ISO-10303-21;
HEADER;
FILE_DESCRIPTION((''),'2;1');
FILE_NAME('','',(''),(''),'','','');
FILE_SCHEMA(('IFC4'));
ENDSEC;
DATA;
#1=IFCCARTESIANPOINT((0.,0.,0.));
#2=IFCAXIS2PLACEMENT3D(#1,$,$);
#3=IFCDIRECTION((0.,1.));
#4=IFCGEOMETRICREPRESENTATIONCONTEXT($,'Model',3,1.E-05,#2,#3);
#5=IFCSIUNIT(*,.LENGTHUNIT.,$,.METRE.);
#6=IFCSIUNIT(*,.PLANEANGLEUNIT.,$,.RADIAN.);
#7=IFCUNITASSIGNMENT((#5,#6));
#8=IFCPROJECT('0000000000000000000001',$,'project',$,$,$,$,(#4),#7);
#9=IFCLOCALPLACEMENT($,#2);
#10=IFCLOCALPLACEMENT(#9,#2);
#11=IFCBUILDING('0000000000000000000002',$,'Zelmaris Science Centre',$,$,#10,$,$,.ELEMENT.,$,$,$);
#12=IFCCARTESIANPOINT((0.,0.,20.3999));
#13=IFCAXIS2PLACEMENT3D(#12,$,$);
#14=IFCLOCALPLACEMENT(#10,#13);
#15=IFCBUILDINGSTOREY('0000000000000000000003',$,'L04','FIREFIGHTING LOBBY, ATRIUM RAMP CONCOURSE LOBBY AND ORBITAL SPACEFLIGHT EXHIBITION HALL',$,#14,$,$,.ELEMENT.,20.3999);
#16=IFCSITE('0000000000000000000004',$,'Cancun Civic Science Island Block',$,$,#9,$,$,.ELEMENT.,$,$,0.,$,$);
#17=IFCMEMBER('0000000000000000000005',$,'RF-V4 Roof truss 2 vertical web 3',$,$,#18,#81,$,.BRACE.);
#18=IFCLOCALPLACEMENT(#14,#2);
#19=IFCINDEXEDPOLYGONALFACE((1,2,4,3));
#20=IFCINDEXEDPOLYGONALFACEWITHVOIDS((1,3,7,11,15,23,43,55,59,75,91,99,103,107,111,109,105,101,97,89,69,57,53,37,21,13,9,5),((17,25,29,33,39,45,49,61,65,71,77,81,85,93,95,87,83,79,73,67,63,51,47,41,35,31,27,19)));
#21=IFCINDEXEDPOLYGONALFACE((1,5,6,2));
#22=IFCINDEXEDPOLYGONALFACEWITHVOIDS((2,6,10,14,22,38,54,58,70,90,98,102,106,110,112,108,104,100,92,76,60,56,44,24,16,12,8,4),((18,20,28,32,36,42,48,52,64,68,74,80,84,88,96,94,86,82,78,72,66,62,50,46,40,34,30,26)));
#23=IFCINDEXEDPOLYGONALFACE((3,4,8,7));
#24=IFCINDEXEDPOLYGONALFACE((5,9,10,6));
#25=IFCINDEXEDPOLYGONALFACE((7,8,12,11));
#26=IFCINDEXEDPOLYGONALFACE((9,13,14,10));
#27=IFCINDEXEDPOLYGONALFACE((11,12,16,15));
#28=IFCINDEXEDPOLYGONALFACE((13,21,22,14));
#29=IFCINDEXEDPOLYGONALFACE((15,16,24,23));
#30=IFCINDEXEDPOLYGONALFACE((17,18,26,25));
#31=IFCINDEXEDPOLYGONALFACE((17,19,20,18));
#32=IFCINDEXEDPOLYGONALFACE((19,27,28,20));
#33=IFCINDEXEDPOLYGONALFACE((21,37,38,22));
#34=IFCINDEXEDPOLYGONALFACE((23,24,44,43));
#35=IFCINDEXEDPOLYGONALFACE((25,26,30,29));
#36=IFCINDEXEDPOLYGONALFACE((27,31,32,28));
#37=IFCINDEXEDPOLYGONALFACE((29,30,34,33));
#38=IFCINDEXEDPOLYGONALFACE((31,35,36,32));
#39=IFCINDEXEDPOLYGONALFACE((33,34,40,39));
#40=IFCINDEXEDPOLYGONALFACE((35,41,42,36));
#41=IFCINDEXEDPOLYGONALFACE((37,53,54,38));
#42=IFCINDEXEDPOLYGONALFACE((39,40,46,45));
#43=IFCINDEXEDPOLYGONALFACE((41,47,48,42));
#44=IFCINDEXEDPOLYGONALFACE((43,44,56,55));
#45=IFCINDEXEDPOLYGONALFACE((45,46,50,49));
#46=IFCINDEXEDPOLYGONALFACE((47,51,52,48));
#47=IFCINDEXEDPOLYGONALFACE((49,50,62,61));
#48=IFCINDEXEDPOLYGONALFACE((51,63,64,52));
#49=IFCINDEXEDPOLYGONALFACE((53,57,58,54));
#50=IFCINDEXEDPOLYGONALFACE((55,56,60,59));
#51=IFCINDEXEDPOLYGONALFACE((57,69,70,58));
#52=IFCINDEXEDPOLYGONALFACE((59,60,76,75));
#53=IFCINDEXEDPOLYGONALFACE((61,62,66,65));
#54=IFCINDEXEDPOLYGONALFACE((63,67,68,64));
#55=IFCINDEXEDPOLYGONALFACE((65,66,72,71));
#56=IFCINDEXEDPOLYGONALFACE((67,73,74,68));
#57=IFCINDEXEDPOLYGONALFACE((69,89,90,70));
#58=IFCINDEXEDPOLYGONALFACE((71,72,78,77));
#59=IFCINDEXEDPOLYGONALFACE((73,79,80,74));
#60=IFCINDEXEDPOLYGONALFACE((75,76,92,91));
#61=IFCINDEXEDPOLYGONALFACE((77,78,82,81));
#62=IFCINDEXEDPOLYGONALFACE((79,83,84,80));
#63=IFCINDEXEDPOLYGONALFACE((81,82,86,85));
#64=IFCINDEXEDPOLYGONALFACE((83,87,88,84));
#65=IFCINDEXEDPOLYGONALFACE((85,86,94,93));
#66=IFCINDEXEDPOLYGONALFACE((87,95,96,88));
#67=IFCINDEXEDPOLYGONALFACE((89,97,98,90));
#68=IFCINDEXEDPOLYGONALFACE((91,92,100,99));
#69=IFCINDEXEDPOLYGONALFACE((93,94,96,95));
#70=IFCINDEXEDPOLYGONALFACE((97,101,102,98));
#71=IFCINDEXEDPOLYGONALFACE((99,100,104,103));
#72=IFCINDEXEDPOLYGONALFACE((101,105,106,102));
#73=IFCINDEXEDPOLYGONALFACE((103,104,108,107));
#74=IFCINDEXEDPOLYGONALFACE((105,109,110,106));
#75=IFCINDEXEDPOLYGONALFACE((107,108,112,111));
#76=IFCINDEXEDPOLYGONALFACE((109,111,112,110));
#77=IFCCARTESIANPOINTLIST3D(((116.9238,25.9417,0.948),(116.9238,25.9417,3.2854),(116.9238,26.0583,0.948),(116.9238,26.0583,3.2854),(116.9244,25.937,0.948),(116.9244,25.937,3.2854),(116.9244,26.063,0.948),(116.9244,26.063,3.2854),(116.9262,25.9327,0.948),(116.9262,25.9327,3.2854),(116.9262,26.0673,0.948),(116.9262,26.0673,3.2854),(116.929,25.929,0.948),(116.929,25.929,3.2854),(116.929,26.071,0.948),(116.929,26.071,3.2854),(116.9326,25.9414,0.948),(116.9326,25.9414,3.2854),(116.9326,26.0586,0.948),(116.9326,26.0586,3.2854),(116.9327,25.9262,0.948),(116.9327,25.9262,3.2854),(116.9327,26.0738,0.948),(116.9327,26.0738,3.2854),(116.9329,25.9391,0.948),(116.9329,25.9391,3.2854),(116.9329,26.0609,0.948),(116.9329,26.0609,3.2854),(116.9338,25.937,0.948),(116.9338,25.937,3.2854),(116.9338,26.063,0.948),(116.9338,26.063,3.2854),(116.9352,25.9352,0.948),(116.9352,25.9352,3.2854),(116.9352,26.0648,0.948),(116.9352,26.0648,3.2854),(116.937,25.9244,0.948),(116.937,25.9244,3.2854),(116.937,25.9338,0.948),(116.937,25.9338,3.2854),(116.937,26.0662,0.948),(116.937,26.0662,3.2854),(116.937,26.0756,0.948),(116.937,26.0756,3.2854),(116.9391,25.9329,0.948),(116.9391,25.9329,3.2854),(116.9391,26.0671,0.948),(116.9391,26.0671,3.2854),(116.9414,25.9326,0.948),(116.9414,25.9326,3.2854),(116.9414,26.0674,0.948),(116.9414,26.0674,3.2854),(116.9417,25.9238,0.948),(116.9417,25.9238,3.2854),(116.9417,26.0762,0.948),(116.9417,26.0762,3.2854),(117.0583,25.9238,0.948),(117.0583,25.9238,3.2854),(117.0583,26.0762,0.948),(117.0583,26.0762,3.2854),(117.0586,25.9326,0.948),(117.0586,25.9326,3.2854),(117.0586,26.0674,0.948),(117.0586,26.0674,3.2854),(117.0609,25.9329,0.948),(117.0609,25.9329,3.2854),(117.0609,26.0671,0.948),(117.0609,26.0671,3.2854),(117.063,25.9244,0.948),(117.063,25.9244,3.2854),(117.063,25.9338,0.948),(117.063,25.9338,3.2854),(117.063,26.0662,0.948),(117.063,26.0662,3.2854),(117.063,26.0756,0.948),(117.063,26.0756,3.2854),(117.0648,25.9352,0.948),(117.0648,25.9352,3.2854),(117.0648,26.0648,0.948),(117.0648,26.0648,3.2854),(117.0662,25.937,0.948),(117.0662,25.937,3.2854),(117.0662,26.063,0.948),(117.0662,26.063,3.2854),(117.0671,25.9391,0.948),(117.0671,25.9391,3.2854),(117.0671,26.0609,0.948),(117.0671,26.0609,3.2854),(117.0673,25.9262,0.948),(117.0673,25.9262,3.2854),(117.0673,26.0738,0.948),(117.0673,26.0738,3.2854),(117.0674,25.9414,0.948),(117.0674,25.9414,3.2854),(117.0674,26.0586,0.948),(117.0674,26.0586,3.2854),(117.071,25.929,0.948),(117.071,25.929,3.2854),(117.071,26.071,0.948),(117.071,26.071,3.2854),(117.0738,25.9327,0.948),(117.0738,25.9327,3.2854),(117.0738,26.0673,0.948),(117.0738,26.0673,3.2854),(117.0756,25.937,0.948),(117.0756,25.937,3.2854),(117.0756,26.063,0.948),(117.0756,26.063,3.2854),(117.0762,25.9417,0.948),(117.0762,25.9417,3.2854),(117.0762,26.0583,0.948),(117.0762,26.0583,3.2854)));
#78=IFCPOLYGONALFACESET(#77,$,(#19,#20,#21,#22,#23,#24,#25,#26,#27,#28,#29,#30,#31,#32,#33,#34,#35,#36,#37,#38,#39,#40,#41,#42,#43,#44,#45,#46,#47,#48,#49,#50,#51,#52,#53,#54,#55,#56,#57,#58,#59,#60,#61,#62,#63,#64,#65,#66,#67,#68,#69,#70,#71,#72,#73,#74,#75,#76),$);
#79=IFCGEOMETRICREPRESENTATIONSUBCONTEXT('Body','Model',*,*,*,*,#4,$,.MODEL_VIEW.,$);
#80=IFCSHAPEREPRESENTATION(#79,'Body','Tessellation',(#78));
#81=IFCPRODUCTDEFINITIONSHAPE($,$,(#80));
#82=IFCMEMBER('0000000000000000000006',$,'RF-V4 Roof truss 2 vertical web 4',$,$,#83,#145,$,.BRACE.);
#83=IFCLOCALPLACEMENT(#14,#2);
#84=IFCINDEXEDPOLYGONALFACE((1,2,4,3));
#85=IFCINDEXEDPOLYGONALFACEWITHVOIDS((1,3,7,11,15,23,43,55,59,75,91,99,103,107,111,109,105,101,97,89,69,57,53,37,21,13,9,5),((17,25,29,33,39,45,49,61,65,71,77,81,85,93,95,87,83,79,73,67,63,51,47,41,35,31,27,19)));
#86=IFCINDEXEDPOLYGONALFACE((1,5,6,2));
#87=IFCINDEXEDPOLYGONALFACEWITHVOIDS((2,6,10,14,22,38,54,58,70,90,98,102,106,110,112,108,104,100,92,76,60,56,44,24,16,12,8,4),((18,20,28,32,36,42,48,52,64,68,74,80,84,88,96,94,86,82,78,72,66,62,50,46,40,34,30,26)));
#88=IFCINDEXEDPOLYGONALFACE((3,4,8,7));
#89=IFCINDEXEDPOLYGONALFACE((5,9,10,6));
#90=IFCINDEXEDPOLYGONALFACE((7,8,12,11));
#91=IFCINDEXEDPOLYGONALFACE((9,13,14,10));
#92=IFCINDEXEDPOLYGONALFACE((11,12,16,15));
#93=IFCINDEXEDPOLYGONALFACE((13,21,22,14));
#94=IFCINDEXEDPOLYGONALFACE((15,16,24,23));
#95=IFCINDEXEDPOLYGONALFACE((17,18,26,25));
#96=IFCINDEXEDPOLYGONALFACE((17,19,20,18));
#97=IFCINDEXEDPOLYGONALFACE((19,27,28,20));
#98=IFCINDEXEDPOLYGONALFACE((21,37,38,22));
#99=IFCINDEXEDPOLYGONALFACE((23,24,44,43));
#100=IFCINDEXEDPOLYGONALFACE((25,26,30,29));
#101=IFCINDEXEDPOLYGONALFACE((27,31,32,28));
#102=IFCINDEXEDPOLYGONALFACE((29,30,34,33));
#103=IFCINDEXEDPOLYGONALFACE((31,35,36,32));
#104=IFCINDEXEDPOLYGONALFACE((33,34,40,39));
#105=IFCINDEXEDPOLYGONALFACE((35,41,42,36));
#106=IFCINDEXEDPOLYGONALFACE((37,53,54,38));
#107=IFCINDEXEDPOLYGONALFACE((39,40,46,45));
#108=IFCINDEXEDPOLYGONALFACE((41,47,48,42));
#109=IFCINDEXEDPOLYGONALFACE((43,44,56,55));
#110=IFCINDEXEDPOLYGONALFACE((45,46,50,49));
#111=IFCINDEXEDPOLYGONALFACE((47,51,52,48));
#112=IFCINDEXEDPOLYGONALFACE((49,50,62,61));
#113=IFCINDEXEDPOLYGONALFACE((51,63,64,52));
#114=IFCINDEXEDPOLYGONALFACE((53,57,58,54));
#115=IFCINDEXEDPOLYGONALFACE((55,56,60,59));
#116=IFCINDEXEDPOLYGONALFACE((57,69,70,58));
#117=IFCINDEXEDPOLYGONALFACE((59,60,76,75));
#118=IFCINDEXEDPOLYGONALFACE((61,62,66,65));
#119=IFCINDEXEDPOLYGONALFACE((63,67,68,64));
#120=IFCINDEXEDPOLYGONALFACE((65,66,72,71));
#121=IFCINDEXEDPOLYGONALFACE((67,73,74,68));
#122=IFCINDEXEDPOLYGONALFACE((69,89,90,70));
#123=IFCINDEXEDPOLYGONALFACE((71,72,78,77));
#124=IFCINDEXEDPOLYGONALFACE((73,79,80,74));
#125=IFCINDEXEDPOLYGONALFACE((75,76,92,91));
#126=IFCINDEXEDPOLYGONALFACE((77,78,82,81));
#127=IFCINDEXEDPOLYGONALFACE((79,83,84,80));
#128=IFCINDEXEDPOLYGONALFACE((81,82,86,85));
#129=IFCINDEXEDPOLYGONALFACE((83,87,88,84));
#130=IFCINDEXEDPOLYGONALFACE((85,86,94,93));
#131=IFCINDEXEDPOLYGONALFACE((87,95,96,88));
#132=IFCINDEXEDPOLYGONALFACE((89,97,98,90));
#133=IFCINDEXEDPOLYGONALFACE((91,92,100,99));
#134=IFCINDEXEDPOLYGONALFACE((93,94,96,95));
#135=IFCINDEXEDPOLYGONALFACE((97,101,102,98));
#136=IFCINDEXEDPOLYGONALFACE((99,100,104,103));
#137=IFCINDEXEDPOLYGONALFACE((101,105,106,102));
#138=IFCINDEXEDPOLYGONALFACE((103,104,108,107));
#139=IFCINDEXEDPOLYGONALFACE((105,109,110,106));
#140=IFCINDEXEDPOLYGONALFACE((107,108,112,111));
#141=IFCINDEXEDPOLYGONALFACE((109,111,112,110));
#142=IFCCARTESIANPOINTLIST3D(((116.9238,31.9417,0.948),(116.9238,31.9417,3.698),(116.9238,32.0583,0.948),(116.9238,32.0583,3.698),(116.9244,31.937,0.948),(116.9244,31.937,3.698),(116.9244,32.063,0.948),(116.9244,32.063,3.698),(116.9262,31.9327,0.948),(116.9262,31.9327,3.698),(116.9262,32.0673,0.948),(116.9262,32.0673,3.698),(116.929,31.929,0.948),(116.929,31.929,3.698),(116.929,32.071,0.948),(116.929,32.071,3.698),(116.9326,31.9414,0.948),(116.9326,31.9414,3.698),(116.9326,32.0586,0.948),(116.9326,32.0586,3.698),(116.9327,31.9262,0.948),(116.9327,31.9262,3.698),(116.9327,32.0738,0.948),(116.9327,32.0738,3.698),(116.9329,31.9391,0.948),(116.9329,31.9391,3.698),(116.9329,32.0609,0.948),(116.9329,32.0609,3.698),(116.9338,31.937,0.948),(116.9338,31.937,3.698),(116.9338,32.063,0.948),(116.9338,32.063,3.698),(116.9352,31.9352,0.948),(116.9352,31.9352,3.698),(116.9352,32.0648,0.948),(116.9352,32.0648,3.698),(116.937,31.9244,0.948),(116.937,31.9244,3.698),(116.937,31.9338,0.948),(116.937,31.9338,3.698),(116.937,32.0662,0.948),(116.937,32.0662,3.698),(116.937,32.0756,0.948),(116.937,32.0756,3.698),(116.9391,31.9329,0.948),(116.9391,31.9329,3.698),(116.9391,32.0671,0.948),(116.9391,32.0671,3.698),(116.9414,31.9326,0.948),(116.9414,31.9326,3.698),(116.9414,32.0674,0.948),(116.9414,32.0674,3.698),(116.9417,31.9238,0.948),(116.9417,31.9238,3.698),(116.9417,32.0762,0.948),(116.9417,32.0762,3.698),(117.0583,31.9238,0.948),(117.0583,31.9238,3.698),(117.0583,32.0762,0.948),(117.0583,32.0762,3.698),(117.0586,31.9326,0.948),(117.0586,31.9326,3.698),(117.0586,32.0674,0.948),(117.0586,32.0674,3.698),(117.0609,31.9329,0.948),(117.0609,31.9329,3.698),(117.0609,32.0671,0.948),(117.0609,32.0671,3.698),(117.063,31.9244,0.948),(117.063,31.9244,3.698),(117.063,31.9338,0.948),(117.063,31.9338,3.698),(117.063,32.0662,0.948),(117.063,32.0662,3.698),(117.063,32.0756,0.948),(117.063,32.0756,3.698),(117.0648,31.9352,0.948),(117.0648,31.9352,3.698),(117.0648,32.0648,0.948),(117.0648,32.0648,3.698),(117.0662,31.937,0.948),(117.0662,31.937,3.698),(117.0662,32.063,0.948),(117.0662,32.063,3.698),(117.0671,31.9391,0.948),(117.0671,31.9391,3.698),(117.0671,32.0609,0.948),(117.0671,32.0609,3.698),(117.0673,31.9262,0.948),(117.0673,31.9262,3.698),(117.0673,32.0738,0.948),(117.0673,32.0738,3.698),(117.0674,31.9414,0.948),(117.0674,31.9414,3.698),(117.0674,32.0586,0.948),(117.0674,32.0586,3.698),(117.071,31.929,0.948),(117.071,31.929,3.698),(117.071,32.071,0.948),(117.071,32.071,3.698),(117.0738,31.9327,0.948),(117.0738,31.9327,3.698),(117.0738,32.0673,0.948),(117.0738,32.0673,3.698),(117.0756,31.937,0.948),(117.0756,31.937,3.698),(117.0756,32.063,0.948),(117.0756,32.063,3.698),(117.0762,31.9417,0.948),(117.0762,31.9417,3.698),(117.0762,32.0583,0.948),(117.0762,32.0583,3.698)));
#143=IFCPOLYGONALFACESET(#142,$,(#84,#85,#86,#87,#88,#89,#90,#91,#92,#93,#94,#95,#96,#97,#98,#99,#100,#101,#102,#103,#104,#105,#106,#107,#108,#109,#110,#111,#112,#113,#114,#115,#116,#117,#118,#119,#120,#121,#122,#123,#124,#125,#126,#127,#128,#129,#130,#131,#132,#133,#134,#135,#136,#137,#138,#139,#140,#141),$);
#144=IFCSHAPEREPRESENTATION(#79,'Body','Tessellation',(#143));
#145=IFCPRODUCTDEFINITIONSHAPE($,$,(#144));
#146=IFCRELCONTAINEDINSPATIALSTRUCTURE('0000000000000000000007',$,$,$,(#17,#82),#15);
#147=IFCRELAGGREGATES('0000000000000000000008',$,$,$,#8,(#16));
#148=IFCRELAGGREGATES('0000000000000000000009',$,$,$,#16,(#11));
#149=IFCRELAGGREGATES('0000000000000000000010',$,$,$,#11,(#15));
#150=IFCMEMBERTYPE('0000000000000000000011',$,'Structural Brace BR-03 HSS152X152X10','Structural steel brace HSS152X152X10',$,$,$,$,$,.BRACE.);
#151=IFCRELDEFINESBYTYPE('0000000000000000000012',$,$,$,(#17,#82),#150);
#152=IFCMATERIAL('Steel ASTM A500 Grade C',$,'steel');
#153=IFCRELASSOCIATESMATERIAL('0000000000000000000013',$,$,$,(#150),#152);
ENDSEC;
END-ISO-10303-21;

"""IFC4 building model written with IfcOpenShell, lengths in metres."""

from ifc_helpers import new_model, si_unit, direction, frame, origin, origin_2d, place, context, subcontext, project, spatial, hollow_rectangle, extrude, material, material_profile, profile_set, type_object, element, save


model = new_model("IFC4")

# Units and contexts
model_context = context("Model", 3, precision=1e-05, world=origin(), true_north=direction((0.0, 1.0)))
body_context = subcontext(model_context, "Body", "Model", "MODEL_VIEW")
ifc_project = project(units=[si_unit("LENGTHUNIT", "METRE"), si_unit("PLANEANGLEUNIT", "RADIAN")], contexts=[model_context])

# Site, building, storey
site_placement = place(None, origin())
site = spatial("IfcSite", under=ifc_project, at=site_placement, Name="Cancun Civic Science Island Block", CompositionType="ELEMENT", RefElevation=0.0)
building_placement = place(site_placement, origin())
building = spatial("IfcBuilding", under=site, at=building_placement, Name="Zelmaris Science Centre", CompositionType="ELEMENT")
storey_placement = place(building_placement, frame((0.0, 0.0, 20.3999)))
storey = spatial("IfcBuildingStorey", under=building, at=storey_placement, Name="L04", Description="FIREFIGHTING LOBBY, ATRIUM RAMP CONCOURSE LOBBY AND ORBITAL SPACEFLIGHT EXHIBITION HALL", CompositionType="ELEMENT", Elevation=20.3999)

# Shared definitions
ifc_material = material(Name="Steel ASTM A500 Grade C", Category="steel")

# Members
ifc_material_profile_1 = material_profile(ifc_material, hollow_rectangle(XDim=0.1523, YDim=0.1523, WallThickness=0.0088, InnerFilletRadius=0.0088, OuterFilletRadius=0.0178, at=origin_2d()), Name="HSS152X152X10")
ifc_profile_set_1 = profile_set([ifc_material_profile_1], Name="Steel ASTM A500 Grade C")
member_type_1 = type_object("IfcMemberType", Name="Structural Brace BR-03 HSS152X152X10", Description="Structural steel brace HSS152X152X10", PredefinedType="BRACE", material=ifc_profile_set_1)
member_1_placement = place(storey_placement, frame((117.0, 26.0, 0.948), z_axis=(0.0, 0.0, 1.0), x_axis=(1.0, 0.0, 0.0)))
element("IfcMember", 1, at=member_1_placement, inside=storey, type_object=member_type_1, Name="RF-V4 Roof truss 2 vertical web 3", PredefinedType="BRACE", context=body_context, shape_type="SweptSolid", body=[
    extrude(hollow_rectangle(XDim=0.1523, YDim=0.1523, WallThickness=0.0088, InnerFilletRadius=0.0088, OuterFilletRadius=0.0178, at=origin_2d()), origin(), (0.0, 0.0, 1.0), 2.3374),
])
member_2_placement = place(storey_placement, frame((117.0, 32.0, 0.948), z_axis=(0.0, 0.0, 1.0), x_axis=(1.0, 0.0, 0.0)))
element("IfcMember", 2, at=member_2_placement, inside=storey, type_object=member_type_1, Name="RF-V4 Roof truss 2 vertical web 4", PredefinedType="BRACE", context=body_context, shape_type="SweptSolid", body=[
    extrude(hollow_rectangle(XDim=0.1523, YDim=0.1523, WallThickness=0.0088, InnerFilletRadius=0.0088, OuterFilletRadius=0.0178, at=origin_2d()), origin(), (0.0, 0.0, 1.0), 2.75),
])

save(model, "model.ifc")
